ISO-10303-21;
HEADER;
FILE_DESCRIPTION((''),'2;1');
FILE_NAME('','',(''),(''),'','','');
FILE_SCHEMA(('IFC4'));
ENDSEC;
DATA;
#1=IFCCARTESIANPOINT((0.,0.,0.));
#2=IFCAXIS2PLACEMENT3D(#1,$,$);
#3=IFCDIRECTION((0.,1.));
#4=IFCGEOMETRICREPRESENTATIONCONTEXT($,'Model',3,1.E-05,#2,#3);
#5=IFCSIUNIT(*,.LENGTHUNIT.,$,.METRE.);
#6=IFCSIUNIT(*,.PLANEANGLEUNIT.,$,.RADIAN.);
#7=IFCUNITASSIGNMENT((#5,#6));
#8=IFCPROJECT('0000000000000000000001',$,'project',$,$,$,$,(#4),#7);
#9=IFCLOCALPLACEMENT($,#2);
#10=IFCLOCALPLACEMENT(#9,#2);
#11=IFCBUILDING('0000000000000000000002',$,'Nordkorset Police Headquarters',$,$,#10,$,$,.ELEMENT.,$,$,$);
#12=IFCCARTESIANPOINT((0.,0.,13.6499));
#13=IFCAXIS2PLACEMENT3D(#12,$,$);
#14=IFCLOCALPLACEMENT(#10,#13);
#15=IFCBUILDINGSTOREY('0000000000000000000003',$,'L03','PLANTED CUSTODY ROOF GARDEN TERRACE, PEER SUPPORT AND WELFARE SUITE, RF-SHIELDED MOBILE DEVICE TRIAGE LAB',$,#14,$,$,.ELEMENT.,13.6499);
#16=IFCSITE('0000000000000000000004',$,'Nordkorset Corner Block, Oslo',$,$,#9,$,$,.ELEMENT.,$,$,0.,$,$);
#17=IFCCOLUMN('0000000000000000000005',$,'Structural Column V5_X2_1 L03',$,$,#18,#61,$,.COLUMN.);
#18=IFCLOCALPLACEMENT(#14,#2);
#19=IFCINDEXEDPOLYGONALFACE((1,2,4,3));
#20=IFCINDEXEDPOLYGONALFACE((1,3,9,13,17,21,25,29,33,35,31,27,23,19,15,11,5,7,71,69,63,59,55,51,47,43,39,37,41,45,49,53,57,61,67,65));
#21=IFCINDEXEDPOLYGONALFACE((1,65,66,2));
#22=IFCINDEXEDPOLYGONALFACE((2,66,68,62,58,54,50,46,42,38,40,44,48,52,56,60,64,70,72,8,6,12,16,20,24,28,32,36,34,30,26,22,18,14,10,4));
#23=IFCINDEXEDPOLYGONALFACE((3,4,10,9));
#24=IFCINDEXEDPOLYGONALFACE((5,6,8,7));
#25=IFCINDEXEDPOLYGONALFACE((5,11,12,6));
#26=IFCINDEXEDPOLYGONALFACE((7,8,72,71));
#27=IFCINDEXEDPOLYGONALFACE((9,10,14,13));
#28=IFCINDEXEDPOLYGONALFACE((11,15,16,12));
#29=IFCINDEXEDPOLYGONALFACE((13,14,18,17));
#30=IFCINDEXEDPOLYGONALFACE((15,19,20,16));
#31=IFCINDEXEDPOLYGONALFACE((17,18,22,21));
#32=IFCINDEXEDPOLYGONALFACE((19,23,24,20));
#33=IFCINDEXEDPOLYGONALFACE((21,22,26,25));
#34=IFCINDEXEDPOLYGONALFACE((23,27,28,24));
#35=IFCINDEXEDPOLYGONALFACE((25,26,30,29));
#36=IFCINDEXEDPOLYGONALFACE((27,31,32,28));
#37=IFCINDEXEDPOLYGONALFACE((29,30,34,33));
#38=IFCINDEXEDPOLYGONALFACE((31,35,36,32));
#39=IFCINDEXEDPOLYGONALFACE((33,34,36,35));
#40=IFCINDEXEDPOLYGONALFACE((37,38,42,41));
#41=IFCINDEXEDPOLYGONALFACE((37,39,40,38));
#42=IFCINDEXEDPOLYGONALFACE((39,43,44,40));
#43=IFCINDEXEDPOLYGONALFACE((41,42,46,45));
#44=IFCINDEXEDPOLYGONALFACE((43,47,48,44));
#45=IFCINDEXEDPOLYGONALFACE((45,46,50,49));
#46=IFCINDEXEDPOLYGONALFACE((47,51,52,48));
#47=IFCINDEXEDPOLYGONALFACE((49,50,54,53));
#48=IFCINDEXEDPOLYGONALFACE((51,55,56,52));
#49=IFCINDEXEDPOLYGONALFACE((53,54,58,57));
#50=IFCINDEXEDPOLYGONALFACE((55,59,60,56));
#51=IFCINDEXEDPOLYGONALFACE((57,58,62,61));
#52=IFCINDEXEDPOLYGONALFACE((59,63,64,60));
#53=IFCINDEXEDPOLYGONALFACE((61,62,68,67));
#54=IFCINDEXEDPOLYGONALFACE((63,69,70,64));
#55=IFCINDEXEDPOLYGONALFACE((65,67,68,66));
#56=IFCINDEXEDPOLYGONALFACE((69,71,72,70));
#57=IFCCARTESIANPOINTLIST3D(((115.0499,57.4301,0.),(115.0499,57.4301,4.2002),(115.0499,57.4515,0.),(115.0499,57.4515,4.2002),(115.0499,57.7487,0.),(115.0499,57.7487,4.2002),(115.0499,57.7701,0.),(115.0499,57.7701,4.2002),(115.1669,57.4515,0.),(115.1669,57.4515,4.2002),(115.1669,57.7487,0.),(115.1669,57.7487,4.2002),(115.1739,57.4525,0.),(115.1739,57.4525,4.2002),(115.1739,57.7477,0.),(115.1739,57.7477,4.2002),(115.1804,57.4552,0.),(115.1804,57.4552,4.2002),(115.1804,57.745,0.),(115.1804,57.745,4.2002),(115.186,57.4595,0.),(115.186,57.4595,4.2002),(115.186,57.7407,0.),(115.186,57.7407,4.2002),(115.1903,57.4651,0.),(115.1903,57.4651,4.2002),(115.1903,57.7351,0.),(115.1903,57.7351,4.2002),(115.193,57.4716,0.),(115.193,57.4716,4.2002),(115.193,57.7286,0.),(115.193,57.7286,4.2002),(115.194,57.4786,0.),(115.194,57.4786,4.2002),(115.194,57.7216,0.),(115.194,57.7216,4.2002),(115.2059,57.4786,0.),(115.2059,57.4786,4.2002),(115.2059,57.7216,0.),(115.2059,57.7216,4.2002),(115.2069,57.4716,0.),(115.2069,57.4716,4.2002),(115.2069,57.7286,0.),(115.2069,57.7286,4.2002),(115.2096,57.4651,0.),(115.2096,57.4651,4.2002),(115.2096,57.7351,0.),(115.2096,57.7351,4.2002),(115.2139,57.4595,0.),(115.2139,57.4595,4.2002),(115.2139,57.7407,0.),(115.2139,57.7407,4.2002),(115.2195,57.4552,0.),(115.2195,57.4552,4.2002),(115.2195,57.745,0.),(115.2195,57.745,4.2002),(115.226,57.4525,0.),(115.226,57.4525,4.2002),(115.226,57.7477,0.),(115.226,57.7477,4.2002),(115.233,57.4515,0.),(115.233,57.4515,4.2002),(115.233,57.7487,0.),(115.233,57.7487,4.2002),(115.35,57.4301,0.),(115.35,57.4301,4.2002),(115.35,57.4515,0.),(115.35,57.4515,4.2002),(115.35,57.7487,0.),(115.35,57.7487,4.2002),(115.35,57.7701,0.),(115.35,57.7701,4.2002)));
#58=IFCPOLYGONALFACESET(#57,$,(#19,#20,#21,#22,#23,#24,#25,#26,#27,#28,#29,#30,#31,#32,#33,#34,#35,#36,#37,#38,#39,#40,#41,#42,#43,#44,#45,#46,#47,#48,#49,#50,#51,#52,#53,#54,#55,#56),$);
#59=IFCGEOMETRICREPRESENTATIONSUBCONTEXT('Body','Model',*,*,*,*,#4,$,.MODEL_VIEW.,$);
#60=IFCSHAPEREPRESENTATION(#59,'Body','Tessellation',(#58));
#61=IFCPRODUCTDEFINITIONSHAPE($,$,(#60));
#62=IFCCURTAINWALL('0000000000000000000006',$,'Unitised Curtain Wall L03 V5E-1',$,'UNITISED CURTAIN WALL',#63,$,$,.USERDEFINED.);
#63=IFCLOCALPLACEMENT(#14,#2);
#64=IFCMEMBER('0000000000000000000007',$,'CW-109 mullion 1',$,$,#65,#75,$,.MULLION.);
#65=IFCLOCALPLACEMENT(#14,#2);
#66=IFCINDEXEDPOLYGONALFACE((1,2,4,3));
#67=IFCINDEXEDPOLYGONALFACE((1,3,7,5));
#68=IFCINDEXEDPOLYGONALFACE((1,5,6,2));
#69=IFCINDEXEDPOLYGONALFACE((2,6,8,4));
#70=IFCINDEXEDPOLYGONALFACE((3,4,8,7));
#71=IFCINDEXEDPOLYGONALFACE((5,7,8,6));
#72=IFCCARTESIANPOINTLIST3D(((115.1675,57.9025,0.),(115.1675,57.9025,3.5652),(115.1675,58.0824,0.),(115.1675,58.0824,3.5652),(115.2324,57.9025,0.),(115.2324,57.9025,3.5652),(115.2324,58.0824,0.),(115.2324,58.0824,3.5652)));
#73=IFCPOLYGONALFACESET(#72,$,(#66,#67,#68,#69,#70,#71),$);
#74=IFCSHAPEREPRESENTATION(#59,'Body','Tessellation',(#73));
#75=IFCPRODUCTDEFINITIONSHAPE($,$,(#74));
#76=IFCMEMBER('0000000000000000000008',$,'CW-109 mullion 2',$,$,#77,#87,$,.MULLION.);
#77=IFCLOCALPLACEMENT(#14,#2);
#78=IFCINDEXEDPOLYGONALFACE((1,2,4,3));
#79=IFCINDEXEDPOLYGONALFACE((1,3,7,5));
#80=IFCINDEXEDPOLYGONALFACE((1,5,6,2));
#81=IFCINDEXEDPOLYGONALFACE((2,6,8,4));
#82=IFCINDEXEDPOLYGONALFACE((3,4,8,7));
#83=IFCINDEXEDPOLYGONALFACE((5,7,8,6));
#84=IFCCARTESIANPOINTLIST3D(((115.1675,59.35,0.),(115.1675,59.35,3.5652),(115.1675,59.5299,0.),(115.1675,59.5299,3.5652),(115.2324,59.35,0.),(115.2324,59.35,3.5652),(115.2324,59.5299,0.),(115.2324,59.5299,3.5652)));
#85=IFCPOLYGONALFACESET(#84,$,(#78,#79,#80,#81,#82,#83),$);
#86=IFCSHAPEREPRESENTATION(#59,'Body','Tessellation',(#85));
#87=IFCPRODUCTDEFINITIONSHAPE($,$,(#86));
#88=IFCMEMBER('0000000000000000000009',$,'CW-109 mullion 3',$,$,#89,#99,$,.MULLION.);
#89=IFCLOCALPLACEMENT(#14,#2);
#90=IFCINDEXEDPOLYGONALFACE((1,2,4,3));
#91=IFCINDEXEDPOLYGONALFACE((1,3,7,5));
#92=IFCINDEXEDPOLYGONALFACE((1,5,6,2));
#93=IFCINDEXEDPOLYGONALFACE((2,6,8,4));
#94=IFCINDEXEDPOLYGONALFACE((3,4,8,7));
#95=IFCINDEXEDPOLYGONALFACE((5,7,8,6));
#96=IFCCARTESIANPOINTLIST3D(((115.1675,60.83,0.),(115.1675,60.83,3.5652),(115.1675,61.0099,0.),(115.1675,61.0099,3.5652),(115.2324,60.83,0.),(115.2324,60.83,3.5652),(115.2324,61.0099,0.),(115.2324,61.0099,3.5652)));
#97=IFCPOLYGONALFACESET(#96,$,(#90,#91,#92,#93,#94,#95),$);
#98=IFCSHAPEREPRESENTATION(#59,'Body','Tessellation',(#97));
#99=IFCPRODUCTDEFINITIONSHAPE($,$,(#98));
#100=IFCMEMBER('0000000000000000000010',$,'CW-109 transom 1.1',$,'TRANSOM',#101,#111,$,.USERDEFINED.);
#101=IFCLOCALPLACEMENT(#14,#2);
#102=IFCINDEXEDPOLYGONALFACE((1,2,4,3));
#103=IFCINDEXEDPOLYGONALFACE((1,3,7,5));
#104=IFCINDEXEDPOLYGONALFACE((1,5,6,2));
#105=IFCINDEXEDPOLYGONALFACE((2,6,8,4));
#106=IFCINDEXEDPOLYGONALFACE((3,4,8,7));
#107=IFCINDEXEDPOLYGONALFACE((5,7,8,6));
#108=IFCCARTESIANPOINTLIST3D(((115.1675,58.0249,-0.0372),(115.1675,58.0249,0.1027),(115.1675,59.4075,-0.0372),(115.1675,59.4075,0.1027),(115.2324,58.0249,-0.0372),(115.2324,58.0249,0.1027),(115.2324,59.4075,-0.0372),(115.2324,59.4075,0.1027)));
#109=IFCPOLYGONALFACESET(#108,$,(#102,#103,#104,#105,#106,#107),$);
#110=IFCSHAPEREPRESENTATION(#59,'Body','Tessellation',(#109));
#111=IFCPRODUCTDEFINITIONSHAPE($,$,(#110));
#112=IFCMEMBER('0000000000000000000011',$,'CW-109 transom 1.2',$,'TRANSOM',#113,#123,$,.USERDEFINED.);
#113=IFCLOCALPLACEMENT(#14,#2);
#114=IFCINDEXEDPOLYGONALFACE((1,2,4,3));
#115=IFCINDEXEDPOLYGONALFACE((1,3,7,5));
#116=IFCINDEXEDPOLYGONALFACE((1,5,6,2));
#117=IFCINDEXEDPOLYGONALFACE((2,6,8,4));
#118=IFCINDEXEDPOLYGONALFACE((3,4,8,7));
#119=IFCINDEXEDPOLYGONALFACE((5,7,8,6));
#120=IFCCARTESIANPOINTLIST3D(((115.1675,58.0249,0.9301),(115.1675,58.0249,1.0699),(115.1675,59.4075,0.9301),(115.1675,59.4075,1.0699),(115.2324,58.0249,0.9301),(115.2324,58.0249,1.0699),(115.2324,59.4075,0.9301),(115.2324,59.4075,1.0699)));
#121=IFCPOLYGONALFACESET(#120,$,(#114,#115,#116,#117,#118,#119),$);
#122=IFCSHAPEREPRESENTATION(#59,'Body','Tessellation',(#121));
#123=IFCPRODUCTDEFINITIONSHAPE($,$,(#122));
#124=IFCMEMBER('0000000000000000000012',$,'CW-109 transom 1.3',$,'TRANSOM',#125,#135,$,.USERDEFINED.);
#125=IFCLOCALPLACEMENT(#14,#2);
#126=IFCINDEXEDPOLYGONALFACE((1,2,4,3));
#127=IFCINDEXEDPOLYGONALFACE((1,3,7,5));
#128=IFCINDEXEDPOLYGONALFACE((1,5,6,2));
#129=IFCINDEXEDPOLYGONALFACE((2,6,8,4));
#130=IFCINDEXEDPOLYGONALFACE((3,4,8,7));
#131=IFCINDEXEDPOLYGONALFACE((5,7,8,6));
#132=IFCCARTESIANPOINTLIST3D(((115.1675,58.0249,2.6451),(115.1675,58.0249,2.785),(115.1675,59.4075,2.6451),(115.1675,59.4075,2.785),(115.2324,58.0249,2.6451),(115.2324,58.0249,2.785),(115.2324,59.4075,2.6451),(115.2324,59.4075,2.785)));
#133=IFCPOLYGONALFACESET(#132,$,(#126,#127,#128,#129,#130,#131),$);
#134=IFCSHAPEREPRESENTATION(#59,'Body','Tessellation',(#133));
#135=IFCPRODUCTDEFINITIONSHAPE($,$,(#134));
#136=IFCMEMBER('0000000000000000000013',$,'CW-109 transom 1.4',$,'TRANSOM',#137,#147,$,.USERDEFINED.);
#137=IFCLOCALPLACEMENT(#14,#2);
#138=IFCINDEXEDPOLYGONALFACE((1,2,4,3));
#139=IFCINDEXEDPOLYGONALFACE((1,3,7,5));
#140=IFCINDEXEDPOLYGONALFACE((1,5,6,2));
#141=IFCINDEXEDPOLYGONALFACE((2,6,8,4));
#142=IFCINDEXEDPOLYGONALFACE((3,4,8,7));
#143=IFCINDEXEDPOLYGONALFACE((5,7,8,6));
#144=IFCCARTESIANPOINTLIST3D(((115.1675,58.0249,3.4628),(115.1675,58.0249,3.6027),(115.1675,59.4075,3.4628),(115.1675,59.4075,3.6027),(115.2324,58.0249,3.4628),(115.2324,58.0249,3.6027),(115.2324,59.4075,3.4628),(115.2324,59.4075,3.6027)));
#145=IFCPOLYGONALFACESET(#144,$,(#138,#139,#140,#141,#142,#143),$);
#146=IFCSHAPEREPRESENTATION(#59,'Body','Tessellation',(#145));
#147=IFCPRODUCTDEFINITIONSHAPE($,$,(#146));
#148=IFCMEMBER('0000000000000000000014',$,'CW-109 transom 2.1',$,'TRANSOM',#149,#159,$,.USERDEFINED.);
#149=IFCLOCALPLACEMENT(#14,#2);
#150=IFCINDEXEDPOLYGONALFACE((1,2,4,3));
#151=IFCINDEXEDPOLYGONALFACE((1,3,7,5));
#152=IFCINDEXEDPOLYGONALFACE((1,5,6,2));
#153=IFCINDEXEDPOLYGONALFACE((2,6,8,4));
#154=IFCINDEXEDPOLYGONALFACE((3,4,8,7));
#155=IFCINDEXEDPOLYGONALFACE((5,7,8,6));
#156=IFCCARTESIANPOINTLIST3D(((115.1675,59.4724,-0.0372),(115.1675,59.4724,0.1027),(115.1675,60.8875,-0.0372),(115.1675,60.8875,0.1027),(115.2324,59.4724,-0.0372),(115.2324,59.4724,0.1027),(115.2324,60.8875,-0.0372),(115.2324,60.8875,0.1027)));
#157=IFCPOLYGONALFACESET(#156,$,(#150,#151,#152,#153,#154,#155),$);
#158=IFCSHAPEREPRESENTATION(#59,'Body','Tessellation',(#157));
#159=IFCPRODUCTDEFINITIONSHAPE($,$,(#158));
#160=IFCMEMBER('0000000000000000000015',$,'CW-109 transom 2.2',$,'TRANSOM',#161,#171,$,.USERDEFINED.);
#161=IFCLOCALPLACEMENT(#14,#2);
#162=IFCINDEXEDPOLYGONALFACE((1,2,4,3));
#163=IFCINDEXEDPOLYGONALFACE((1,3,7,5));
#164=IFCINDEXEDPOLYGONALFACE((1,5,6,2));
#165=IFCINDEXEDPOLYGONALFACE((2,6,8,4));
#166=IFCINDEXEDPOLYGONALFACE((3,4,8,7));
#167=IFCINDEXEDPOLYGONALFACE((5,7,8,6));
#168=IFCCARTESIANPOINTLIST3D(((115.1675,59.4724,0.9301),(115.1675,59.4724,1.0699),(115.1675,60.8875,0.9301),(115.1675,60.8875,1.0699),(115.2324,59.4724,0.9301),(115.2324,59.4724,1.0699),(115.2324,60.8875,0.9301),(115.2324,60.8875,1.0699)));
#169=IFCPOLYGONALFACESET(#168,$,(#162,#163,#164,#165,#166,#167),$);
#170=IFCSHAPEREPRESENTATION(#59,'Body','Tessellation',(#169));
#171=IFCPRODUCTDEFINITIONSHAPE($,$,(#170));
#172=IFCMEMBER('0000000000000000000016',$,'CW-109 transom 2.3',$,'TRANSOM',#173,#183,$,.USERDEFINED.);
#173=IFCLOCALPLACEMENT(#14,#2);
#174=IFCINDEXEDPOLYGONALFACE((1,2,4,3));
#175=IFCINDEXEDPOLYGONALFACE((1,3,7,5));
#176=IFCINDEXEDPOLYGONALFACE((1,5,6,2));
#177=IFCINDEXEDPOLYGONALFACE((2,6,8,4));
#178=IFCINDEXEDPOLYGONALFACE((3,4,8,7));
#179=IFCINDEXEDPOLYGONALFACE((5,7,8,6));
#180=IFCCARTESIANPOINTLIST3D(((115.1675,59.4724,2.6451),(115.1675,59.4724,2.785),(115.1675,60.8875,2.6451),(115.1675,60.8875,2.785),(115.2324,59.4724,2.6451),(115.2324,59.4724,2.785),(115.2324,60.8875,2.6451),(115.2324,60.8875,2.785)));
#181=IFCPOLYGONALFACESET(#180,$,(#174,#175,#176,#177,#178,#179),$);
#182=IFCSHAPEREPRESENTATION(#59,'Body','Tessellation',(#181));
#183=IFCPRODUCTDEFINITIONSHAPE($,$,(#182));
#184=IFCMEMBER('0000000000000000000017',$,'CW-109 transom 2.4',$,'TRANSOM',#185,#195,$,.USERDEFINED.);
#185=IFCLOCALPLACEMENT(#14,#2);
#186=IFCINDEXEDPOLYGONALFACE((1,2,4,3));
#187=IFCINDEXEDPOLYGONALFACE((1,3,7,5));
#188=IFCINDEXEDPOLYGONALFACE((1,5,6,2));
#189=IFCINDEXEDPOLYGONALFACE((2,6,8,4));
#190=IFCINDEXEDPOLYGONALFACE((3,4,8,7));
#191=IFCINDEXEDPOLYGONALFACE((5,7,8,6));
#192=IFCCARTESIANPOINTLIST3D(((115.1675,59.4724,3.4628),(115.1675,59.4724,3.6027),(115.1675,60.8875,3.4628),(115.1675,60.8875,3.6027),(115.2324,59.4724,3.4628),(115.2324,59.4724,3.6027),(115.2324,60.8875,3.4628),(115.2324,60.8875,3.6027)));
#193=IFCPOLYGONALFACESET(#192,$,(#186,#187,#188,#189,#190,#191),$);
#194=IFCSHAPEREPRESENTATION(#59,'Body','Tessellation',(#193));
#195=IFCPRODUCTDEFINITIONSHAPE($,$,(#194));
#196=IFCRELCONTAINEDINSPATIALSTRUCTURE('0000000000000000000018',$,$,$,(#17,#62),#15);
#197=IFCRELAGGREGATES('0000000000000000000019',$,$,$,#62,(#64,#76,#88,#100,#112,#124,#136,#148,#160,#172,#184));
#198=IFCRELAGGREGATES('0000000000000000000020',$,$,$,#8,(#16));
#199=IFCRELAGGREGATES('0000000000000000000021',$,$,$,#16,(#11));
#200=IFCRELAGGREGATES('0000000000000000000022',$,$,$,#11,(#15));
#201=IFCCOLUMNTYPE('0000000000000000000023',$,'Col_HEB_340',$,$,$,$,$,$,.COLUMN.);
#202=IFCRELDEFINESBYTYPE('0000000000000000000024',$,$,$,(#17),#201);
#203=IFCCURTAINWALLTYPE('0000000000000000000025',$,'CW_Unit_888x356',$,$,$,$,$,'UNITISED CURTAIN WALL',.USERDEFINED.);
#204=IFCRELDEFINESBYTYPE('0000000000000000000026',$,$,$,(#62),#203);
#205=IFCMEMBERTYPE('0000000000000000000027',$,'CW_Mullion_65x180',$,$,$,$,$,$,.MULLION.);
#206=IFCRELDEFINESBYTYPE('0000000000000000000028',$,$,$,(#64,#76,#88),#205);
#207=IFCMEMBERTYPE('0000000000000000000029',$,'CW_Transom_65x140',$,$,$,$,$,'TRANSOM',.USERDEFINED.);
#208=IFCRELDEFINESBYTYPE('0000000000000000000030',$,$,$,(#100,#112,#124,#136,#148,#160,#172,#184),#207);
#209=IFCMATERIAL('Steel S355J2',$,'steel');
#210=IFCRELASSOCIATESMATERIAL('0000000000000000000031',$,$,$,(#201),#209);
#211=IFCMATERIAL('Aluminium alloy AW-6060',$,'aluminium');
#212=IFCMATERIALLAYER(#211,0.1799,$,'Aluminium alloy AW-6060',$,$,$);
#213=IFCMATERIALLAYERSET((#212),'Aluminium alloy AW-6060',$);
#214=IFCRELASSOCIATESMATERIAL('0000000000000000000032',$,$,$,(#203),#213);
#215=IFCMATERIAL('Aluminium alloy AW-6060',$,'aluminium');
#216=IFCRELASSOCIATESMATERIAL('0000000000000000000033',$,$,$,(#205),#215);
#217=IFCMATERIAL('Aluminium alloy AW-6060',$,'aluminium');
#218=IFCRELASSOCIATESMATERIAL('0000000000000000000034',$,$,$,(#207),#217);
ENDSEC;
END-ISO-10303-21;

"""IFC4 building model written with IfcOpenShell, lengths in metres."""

from ifc_helpers import new_model, si_unit, direction, frame, origin, origin_2d, place, context, subcontext, project, spatial, rectangle, i_section, extrude, material, layer, layer_set, material_profile, profile_set, type_object, element, aggregate, save


model = new_model("IFC4")

# Units and contexts
model_context = context("Model", 3, precision=1e-05, world=origin(), true_north=direction((0.0, 1.0)))
body_context = subcontext(model_context, "Body", "Model", "MODEL_VIEW")
ifc_project = project(units=[si_unit("LENGTHUNIT", "METRE"), si_unit("PLANEANGLEUNIT", "RADIAN")], contexts=[model_context])

# Site, building, storey
site_placement = place(None, origin())
site = spatial("IfcSite", under=ifc_project, at=site_placement, Name="Nordkorset Corner Block, Oslo", CompositionType="ELEMENT", RefElevation=0.0)
building_placement = place(site_placement, origin())
building = spatial("IfcBuilding", under=site, at=building_placement, Name="Nordkorset Police Headquarters", CompositionType="ELEMENT")
storey_placement = place(building_placement, frame((0.0, 0.0, 13.6499)))
storey = spatial("IfcBuildingStorey", under=building, at=storey_placement, Name="L03", Description="PLANTED CUSTODY ROOF GARDEN TERRACE, PEER SUPPORT AND WELFARE SUITE, RF-SHIELDED MOBILE DEVICE TRIAGE LAB", CompositionType="ELEMENT", Elevation=13.6499)

# Column
ifc_material_1 = material(Name="Steel S355J2", Category="steel")
ifc_material_profile_1 = material_profile(ifc_material_1, i_section(OverallWidth=0.3, OverallDepth=0.3401, WebThickness=0.012, FlangeThickness=0.0215, FilletRadius=0.0271, at=origin_2d()), Name="HEB 340")
ifc_profile_set_1 = profile_set([ifc_material_profile_1], Name="Steel S355J2")
column_type = type_object("IfcColumnType", Name="Col_HEB_340", PredefinedType="COLUMN", material=ifc_profile_set_1)
column_placement = place(storey_placement, frame((115.2, 57.6001, 0.0), z_axis=(0.0, 0.0, 1.0), x_axis=(1.0, 0.0, 0.0)))
element("IfcColumn", 1, at=column_placement, inside=storey, type_object=column_type, Name="Structural Column V5_X2_1 L03", PredefinedType="COLUMN", context=body_context, shape_type="SweptSolid", body=[
    extrude(i_section(OverallWidth=0.3, OverallDepth=0.3401, WebThickness=0.012, FlangeThickness=0.0215, FilletRadius=0.0271, at=origin_2d()), origin(), (0.0, 0.0, 1.0), 4.2002),
])

# Curtain wall, members
ifc_material_2 = material(Name="Aluminium alloy AW-6060", Category="aluminium")
ifc_layer_1 = layer(ifc_material_2, 0.1799, Name="Aluminium alloy AW-6060")
ifc_layer_set_1 = layer_set([ifc_layer_1], Name="Aluminium alloy AW-6060")
curtain_wall_type = type_object("IfcCurtainWallType", Name="CW_Unit_888x356", ElementType="UNITISED CURTAIN WALL", PredefinedType="USERDEFINED", material=ifc_layer_set_1)
curtain_wall_placement = place(storey_placement, origin())
curtain_wall = element("IfcCurtainWall", 2, at=curtain_wall_placement, inside=storey, type_object=curtain_wall_type, Name="Unitised Curtain Wall L03 V5E-1", ObjectType="UNITISED CURTAIN WALL", PredefinedType="USERDEFINED")
ifc_material_3 = material(Name="Aluminium alloy AW-6060", Category="aluminium")
ifc_material_profile_2 = material_profile(ifc_material_3, rectangle(XDim=0.0649, YDim=0.1799, at=origin_2d()), Name="ALU MULL 65x180")
ifc_profile_set_2 = profile_set([ifc_material_profile_2], Name="Aluminium alloy AW-6060")
member_type_1 = type_object("IfcMemberType", Name="CW_Mullion_65x180", PredefinedType="MULLION", material=ifc_profile_set_2)
member_1_placement = place(storey_placement, frame((115.2, 57.9924, 0.0), z_axis=(0.0, 0.0, 1.0), x_axis=(-1.0, 0.0, 0.0)))
member_1 = element("IfcMember", 3, at=member_1_placement, type_object=member_type_1, Name="CW-109 mullion 1", PredefinedType="MULLION", context=body_context, shape_type="SweptSolid", body=[
    extrude(rectangle(XDim=0.0649, YDim=0.1799, at=origin_2d()), origin(), (0.0, 0.0, 1.0), 3.5652),
])
member_2_placement = place(storey_placement, frame((115.2, 59.4399, 0.0), z_axis=(0.0, 0.0, 1.0), x_axis=(-1.0, 0.0, 0.0)))
member_2 = element("IfcMember", 4, at=member_2_placement, type_object=member_type_1, Name="CW-109 mullion 2", PredefinedType="MULLION", context=body_context, shape_type="SweptSolid", body=[
    extrude(rectangle(XDim=0.0649, YDim=0.1799, at=origin_2d()), origin(), (0.0, 0.0, 1.0), 3.5652),
])
member_3_placement = place(storey_placement, frame((115.2, 60.9199, 0.0), z_axis=(0.0, 0.0, 1.0), x_axis=(-1.0, 0.0, 0.0)))
member_3 = element("IfcMember", 5, at=member_3_placement, type_object=member_type_1, Name="CW-109 mullion 3", PredefinedType="MULLION", context=body_context, shape_type="SweptSolid", body=[
    extrude(rectangle(XDim=0.0649, YDim=0.1799, at=origin_2d()), origin(), (0.0, 0.0, 1.0), 3.5652),
])
ifc_material_4 = material(Name="Aluminium alloy AW-6060", Category="aluminium")
ifc_material_profile_3 = material_profile(ifc_material_4, rectangle(XDim=0.0649, YDim=0.1399, at=origin_2d()), Name="ALU TRAN 65x140")
ifc_profile_set_3 = profile_set([ifc_material_profile_3], Name="Aluminium alloy AW-6060")
member_type_2 = type_object("IfcMemberType", Name="CW_Transom_65x140", ElementType="TRANSOM", PredefinedType="USERDEFINED", material=ifc_profile_set_3)
member_4_placement = place(storey_placement, frame((115.2, 58.0249, 0.0327), z_axis=(0.0, 1.0, 0.0), x_axis=(-1.0, 0.0, 0.0)))
member_4 = element("IfcMember", 6, at=member_4_placement, type_object=member_type_2, Name="CW-109 transom 1.1", ObjectType="TRANSOM", PredefinedType="USERDEFINED", context=body_context, shape_type="SweptSolid", body=[
    extrude(rectangle(XDim=0.0649, YDim=0.1399, at=origin_2d()), origin(), (0.0, 0.0, 1.0), 1.3826),
])
member_5_placement = place(storey_placement, frame((115.2, 58.0249, 1.0), z_axis=(0.0, 1.0, 0.0), x_axis=(-1.0, 0.0, 0.0)))
member_5 = element("IfcMember", 7, at=member_5_placement, type_object=member_type_2, Name="CW-109 transom 1.2", ObjectType="TRANSOM", PredefinedType="USERDEFINED", context=body_context, shape_type="SweptSolid", body=[
    extrude(rectangle(XDim=0.0649, YDim=0.1399, at=origin_2d()), origin(), (0.0, 0.0, 1.0), 1.3826),
])
member_6_placement = place(storey_placement, frame((115.2, 58.0249, 2.7151), z_axis=(0.0, 1.0, 0.0), x_axis=(-1.0, 0.0, 0.0)))
member_6 = element("IfcMember", 8, at=member_6_placement, type_object=member_type_2, Name="CW-109 transom 1.3", ObjectType="TRANSOM", PredefinedType="USERDEFINED", context=body_context, shape_type="SweptSolid", body=[
    extrude(rectangle(XDim=0.0649, YDim=0.1399, at=origin_2d()), origin(), (0.0, 0.0, 1.0), 1.3826),
])
member_7_placement = place(storey_placement, frame((115.2, 58.0249, 3.5327), z_axis=(0.0, 1.0, 0.0), x_axis=(-1.0, 0.0, 0.0)))
member_7 = element("IfcMember", 9, at=member_7_placement, type_object=member_type_2, Name="CW-109 transom 1.4", ObjectType="TRANSOM", PredefinedType="USERDEFINED", context=body_context, shape_type="SweptSolid", body=[
    extrude(rectangle(XDim=0.0649, YDim=0.1399, at=origin_2d()), origin(), (0.0, 0.0, 1.0), 1.3826),
])
member_8_placement = place(storey_placement, frame((115.2, 59.4724, 0.0327), z_axis=(0.0, 1.0, 0.0), x_axis=(-1.0, 0.0, 0.0)))
member_8 = element("IfcMember", 10, at=member_8_placement, type_object=member_type_2, Name="CW-109 transom 2.1", ObjectType="TRANSOM", PredefinedType="USERDEFINED", context=body_context, shape_type="SweptSolid", body=[
    extrude(rectangle(XDim=0.0649, YDim=0.1399, at=origin_2d()), origin(), (0.0, 0.0, 1.0), 1.415),
])
member_9_placement = place(storey_placement, frame((115.2, 59.4724, 1.0), z_axis=(0.0, 1.0, 0.0), x_axis=(-1.0, 0.0, 0.0)))
member_9 = element("IfcMember", 11, at=member_9_placement, type_object=member_type_2, Name="CW-109 transom 2.2", ObjectType="TRANSOM", PredefinedType="USERDEFINED", context=body_context, shape_type="SweptSolid", body=[
    extrude(rectangle(XDim=0.0649, YDim=0.1399, at=origin_2d()), origin(), (0.0, 0.0, 1.0), 1.415),
])
member_10_placement = place(storey_placement, frame((115.2, 59.4724, 2.7151), z_axis=(0.0, 1.0, 0.0), x_axis=(-1.0, 0.0, 0.0)))
member_10 = element("IfcMember", 12, at=member_10_placement, type_object=member_type_2, Name="CW-109 transom 2.3", ObjectType="TRANSOM", PredefinedType="USERDEFINED", context=body_context, shape_type="SweptSolid", body=[
    extrude(rectangle(XDim=0.0649, YDim=0.1399, at=origin_2d()), origin(), (0.0, 0.0, 1.0), 1.415),
])
member_11_placement = place(storey_placement, frame((115.2, 59.4724, 3.5327), z_axis=(0.0, 1.0, 0.0), x_axis=(-1.0, 0.0, 0.0)))
member_11 = element("IfcMember", 13, at=member_11_placement, type_object=member_type_2, Name="CW-109 transom 2.4", ObjectType="TRANSOM", PredefinedType="USERDEFINED", context=body_context, shape_type="SweptSolid", body=[
    extrude(rectangle(XDim=0.0649, YDim=0.1399, at=origin_2d()), origin(), (0.0, 0.0, 1.0), 1.415),
])

aggregate(curtain_wall, [member_1, member_2, member_3, member_4, member_5, member_6, member_7, member_8, member_9, member_10, member_11])

save(model, "model.ifc")
